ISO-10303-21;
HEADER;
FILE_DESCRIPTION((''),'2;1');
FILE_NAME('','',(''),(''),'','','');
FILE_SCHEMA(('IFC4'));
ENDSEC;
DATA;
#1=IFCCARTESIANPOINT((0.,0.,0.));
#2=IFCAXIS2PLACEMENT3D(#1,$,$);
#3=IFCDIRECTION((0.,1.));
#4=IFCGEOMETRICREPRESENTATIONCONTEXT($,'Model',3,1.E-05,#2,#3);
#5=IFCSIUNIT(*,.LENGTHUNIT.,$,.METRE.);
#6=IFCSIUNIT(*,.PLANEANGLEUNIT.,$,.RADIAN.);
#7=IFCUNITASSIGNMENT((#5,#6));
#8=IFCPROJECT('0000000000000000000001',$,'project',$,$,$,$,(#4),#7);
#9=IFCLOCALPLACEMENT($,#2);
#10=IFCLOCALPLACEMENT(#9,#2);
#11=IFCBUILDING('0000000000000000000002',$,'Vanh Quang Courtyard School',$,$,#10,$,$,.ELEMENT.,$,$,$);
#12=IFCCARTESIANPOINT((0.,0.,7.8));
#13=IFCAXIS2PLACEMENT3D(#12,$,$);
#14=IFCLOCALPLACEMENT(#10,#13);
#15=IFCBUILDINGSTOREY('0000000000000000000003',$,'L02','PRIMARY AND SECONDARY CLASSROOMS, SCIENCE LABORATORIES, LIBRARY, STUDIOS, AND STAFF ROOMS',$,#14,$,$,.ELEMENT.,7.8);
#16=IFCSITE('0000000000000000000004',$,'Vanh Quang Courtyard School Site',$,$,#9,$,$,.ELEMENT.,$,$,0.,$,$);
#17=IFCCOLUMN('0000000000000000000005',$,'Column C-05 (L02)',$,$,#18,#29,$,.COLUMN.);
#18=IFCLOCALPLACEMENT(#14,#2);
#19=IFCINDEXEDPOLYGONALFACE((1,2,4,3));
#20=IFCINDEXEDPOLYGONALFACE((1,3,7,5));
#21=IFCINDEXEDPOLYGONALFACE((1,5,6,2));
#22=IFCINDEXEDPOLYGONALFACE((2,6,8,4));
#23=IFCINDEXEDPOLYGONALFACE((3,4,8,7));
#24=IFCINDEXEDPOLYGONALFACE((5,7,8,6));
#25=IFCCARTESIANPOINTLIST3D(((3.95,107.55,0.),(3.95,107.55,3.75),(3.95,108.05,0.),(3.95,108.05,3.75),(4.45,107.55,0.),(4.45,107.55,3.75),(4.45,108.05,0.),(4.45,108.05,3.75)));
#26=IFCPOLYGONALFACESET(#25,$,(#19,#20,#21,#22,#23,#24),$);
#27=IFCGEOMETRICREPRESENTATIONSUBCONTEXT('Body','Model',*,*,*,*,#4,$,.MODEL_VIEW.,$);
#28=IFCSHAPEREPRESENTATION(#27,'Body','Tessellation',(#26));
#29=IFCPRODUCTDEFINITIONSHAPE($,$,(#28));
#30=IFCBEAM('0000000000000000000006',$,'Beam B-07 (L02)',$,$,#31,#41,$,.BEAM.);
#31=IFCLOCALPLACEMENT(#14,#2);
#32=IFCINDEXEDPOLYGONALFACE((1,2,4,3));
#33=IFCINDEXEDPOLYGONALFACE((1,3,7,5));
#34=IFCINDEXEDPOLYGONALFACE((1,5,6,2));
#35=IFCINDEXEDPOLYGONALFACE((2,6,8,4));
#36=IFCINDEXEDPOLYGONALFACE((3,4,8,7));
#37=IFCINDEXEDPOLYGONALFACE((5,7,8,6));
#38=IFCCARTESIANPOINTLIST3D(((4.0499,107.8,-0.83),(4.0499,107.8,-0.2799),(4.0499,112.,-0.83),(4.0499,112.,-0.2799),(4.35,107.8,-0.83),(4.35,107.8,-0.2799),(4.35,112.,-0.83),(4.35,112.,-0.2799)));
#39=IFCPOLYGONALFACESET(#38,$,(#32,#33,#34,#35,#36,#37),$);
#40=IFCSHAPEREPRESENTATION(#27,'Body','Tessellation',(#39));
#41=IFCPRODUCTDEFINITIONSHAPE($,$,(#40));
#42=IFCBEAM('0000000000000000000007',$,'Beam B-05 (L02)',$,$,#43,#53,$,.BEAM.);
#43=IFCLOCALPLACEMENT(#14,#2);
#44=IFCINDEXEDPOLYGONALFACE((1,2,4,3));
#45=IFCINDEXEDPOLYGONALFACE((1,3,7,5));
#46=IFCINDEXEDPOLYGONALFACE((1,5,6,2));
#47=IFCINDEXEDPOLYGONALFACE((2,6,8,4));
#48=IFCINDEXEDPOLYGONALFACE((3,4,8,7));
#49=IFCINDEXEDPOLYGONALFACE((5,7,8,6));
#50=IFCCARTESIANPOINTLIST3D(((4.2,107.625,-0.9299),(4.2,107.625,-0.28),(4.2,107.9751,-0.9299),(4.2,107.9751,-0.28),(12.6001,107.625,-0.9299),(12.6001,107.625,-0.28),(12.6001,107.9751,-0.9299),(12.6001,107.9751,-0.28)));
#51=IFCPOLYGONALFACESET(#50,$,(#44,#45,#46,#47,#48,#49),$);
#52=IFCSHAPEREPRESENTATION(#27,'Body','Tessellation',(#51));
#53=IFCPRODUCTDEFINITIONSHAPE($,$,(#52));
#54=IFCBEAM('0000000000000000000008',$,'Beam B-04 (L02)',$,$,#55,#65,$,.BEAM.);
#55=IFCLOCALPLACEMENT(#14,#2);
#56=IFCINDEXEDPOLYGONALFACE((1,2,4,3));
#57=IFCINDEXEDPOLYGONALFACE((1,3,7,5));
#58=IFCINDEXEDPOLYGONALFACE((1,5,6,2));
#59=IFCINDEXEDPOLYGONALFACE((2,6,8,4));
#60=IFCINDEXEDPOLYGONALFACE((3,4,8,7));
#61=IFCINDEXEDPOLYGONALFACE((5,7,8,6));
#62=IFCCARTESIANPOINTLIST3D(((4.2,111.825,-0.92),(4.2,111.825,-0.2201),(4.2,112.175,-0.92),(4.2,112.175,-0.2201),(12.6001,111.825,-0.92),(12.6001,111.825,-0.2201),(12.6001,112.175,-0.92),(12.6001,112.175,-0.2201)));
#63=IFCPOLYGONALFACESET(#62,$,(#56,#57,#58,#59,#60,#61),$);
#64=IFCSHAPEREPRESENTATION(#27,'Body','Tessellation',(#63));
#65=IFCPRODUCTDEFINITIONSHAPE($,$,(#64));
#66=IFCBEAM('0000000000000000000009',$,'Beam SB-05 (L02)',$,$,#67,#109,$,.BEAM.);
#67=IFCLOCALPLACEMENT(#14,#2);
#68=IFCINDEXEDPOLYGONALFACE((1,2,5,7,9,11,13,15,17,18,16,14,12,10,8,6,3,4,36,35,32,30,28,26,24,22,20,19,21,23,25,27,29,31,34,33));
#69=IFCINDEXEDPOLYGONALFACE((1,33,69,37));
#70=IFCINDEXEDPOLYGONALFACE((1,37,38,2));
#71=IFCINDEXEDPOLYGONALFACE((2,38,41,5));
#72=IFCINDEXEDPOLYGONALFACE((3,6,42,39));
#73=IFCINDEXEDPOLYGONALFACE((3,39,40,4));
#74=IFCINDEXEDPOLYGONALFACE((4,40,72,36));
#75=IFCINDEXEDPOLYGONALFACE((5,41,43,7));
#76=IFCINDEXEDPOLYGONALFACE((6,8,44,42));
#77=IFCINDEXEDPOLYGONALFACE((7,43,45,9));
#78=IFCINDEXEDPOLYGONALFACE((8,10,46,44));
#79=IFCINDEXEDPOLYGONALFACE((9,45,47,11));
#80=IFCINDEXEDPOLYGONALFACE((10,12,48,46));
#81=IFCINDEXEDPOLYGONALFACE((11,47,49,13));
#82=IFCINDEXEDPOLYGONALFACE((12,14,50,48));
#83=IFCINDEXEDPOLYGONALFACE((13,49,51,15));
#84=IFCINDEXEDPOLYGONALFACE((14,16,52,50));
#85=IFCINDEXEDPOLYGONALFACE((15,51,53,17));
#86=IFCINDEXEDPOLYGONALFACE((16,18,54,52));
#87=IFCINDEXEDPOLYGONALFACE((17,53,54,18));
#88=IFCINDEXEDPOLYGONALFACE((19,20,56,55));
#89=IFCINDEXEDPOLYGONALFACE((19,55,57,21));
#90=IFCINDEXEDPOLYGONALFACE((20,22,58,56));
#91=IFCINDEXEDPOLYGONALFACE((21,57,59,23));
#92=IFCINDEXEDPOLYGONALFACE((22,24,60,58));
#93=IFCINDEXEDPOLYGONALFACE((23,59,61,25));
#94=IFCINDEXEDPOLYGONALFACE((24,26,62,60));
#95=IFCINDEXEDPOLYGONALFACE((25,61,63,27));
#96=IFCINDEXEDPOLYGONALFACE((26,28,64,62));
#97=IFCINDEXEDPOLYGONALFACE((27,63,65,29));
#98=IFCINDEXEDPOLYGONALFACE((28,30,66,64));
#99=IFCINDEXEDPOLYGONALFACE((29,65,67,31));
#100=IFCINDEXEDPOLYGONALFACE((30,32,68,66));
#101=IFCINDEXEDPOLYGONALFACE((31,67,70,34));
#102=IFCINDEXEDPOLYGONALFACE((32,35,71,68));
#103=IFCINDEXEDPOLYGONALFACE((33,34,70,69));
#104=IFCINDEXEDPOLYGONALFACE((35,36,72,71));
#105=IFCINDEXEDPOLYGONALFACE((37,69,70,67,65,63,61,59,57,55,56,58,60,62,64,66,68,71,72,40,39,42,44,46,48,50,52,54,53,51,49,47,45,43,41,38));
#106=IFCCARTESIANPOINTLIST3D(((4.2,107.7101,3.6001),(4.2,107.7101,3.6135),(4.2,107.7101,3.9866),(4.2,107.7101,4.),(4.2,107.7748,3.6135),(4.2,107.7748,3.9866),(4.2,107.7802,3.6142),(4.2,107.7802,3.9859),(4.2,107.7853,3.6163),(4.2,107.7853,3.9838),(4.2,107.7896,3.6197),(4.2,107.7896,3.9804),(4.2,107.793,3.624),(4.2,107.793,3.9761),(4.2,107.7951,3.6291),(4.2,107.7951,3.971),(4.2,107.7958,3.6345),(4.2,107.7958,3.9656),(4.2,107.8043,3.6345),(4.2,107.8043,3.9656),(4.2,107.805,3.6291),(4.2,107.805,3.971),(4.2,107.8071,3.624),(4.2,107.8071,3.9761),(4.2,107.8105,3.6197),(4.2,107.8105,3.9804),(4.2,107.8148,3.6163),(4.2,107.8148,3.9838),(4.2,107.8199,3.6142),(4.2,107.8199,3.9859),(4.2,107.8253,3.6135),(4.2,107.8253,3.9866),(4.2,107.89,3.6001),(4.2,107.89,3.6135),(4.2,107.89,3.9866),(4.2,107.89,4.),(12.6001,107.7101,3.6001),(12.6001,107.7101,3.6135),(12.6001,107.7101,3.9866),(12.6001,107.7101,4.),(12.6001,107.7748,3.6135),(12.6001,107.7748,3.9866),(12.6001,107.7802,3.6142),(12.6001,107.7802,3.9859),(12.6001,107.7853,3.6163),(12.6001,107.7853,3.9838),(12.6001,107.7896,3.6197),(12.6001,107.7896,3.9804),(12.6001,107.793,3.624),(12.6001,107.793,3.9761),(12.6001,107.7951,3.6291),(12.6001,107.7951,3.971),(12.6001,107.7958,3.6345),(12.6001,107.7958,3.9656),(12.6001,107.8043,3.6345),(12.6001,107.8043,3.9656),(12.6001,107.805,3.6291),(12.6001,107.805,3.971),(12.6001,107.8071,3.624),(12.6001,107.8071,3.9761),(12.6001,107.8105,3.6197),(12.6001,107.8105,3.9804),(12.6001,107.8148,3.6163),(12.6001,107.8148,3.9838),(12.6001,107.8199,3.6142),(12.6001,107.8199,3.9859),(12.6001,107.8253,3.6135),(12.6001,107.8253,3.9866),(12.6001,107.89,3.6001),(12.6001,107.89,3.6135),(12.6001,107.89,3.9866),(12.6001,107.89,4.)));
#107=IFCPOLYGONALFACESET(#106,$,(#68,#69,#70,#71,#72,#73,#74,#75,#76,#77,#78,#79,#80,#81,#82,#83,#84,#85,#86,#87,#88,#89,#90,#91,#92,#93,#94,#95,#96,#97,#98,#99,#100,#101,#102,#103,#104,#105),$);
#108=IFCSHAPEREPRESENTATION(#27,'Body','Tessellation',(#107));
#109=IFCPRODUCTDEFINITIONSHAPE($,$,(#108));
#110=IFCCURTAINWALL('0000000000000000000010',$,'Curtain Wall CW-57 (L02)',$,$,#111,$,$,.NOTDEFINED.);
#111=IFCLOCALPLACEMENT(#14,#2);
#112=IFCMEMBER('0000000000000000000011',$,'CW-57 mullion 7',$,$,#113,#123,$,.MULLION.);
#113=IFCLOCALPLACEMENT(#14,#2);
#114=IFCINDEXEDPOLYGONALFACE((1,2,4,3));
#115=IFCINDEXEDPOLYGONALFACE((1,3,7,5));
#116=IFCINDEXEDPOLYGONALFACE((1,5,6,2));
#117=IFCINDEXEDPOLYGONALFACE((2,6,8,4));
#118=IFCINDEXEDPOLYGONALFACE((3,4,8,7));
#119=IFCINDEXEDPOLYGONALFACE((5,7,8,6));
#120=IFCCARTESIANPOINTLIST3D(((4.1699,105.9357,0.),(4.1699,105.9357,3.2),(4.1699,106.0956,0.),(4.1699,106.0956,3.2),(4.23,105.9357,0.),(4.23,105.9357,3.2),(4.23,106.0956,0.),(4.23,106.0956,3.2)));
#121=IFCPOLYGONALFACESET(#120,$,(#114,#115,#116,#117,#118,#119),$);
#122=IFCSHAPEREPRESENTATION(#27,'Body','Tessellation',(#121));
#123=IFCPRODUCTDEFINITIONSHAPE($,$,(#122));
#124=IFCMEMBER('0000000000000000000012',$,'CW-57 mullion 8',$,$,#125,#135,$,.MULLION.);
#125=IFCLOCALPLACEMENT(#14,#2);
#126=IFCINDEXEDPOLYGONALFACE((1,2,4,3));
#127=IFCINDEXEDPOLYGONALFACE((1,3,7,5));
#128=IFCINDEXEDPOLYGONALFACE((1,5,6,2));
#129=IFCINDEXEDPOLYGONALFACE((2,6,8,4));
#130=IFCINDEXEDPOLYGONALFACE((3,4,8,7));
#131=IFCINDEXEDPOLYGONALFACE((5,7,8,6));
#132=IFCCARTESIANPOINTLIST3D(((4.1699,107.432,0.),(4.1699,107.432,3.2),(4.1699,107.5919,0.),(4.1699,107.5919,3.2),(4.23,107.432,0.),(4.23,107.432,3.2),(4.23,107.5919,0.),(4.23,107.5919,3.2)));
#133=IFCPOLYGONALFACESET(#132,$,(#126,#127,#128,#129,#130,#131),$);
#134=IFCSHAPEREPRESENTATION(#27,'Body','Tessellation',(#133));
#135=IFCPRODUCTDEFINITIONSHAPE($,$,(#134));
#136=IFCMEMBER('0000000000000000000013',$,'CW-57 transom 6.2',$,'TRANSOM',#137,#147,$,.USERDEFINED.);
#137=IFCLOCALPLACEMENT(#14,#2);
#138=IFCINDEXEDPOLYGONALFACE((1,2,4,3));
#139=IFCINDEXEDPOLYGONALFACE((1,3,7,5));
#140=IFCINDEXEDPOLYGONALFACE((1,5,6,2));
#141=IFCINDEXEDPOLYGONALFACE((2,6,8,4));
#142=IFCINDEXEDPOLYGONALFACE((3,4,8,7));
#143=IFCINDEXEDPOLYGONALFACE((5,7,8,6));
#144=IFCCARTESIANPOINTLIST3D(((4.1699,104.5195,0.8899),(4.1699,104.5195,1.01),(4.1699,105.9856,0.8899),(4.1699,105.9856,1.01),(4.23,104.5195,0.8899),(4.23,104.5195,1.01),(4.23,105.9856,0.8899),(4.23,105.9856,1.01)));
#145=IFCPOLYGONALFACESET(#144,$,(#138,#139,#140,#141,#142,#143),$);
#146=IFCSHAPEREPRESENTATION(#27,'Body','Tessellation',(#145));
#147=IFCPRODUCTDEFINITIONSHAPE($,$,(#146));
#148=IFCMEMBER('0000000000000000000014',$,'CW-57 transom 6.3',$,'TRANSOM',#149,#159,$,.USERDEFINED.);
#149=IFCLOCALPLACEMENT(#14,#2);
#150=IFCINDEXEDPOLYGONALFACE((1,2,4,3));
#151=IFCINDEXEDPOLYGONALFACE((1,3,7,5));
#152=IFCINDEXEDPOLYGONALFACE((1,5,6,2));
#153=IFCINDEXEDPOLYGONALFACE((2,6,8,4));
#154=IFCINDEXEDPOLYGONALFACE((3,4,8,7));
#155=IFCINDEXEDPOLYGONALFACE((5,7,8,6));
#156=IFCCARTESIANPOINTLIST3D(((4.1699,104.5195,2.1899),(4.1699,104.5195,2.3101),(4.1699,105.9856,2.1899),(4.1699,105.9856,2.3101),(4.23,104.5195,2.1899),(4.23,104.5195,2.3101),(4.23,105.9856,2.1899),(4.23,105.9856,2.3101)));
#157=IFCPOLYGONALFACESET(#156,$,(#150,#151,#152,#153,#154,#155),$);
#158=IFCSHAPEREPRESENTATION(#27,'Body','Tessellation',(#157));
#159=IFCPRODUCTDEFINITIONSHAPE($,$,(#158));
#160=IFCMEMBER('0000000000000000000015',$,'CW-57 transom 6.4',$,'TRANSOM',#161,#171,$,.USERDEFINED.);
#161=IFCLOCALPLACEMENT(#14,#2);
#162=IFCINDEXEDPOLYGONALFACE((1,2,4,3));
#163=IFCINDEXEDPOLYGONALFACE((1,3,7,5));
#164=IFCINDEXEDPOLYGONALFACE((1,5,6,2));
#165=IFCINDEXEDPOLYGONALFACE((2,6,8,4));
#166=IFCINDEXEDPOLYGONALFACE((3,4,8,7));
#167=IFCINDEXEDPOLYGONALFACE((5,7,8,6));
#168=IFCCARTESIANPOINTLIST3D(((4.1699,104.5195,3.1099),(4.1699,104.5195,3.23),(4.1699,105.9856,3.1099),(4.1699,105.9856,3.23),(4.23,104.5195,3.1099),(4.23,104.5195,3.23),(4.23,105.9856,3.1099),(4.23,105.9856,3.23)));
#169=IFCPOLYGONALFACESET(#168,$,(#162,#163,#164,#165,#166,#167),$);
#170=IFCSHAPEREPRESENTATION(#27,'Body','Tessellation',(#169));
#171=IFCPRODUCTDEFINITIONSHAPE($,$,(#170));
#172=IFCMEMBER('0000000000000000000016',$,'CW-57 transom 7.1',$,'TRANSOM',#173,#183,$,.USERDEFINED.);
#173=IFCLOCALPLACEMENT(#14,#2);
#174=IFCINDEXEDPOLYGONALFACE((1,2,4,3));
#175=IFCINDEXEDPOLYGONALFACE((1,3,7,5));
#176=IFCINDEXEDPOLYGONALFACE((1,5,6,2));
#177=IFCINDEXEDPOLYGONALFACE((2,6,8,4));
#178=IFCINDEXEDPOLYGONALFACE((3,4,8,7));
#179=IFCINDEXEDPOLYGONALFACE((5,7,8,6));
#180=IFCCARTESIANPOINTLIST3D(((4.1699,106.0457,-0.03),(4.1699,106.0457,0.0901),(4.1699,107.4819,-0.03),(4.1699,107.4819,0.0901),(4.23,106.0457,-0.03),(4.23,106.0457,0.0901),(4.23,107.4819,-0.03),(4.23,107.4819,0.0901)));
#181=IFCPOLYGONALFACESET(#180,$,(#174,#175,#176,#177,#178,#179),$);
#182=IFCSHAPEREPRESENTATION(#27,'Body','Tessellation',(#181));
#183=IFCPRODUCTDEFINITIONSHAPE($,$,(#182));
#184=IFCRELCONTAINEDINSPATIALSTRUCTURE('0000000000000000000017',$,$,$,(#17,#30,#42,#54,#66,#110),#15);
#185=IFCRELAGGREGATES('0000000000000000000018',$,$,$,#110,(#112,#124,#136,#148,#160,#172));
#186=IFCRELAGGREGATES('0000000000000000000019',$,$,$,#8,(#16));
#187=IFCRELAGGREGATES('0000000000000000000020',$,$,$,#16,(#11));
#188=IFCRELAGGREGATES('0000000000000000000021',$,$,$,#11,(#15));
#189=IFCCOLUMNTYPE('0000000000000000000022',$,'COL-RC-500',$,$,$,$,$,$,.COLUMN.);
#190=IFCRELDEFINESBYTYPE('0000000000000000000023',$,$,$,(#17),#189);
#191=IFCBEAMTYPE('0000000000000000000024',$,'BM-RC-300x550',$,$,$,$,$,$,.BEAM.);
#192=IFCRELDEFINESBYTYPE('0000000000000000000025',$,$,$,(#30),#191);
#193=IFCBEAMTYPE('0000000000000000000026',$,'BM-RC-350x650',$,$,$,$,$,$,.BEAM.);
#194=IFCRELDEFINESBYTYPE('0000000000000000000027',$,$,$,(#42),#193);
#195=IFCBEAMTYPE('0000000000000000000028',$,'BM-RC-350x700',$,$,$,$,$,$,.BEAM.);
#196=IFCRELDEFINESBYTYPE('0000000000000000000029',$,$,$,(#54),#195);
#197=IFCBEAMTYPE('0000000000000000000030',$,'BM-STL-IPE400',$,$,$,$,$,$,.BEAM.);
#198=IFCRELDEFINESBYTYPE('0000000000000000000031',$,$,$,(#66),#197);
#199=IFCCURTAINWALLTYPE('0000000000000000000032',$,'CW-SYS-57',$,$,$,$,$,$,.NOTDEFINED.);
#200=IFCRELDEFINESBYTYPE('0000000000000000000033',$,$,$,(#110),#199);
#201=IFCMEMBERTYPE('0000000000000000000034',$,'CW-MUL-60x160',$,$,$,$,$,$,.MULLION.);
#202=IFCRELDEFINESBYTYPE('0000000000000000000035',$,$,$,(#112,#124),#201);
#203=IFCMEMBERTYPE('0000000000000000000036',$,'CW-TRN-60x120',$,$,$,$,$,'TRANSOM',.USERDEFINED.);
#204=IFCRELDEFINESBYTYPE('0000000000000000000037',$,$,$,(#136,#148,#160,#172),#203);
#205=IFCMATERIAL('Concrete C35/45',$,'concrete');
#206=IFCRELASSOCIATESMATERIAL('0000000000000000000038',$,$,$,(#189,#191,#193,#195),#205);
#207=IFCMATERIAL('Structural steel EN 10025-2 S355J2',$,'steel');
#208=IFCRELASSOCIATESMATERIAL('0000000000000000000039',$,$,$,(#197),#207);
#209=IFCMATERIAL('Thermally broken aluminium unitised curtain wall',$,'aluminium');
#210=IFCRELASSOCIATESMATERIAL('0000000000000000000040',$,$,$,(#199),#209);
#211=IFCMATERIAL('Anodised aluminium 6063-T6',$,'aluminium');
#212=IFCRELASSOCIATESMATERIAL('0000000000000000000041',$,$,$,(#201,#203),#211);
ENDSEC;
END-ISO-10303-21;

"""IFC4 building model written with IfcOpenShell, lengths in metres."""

from ifc_helpers import new_model, si_unit, direction, frame, origin, origin_2d, place, context, subcontext, project, spatial, rectangle, i_section, extrude, material, material_profile, profile_set, type_object, element, aggregate, save


model = new_model("IFC4")

# Units and contexts
model_context = context("Model", 3, precision=1e-05, world=origin(), true_north=direction((0.0, 1.0)))
body_context = subcontext(model_context, "Body", "Model", "MODEL_VIEW")
ifc_project = project(units=[si_unit("LENGTHUNIT", "METRE"), si_unit("PLANEANGLEUNIT", "RADIAN")], contexts=[model_context])

# Site, building, storey
site_placement = place(None, origin())
site = spatial("IfcSite", under=ifc_project, at=site_placement, Name="Vanh Quang Courtyard School Site", CompositionType="ELEMENT", RefElevation=0.0)
building_placement = place(site_placement, origin())
building = spatial("IfcBuilding", under=site, at=building_placement, Name="Vanh Quang Courtyard School", CompositionType="ELEMENT")
storey_placement = place(building_placement, frame((0.0, 0.0, 7.8)))
storey = spatial("IfcBuildingStorey", under=building, at=storey_placement, Name="L02", Description="PRIMARY AND SECONDARY CLASSROOMS, SCIENCE LABORATORIES, LIBRARY, STUDIOS, AND STAFF ROOMS", CompositionType="ELEMENT", Elevation=7.8)

# Column
ifc_material_1 = material(Name="Concrete C35/45", Category="concrete")
ifc_material_profile_1 = material_profile(ifc_material_1, rectangle(XDim=0.5, YDim=0.5, at=origin_2d()), Name="RC-COL 500x500")
ifc_profile_set_1 = profile_set([ifc_material_profile_1], Name="Concrete C35/45")
column_type = type_object("IfcColumnType", Name="COL-RC-500", PredefinedType="COLUMN", material=ifc_profile_set_1)
column_placement = place(storey_placement, frame((4.2, 107.8, 0.0), z_axis=(0.0, 0.0, 1.0), x_axis=(1.0, 0.0, 0.0)))
element("IfcColumn", 1, at=column_placement, inside=storey, type_object=column_type, Name="Column C-05 (L02)", PredefinedType="COLUMN", context=body_context, shape_type="SweptSolid", body=[
    extrude(rectangle(XDim=0.5, YDim=0.5, at=origin_2d()), origin(), (0.0, 0.0, 1.0), 3.75),
])

# Beams
ifc_material_profile_2 = material_profile(ifc_material_1, rectangle(XDim=0.3, YDim=0.55, at=origin_2d()), Name="RC-BM 300x550")
ifc_profile_set_2 = profile_set([ifc_material_profile_2], Name="Concrete C35/45")
beam_type_1 = type_object("IfcBeamType", Name="BM-RC-300x550", PredefinedType="BEAM", material=ifc_profile_set_2)
beam_1_placement = place(storey_placement, frame((4.2, 107.8, -0.5549), z_axis=(0.0, 1.0, 0.0), x_axis=(-1.0, 0.0, 0.0)))
element("IfcBeam", 2, at=beam_1_placement, inside=storey, type_object=beam_type_1, Name="Beam B-07 (L02)", PredefinedType="BEAM", context=body_context, shape_type="SweptSolid", body=[
    extrude(rectangle(XDim=0.3, YDim=0.55, at=origin_2d()), origin(), (0.0, 0.0, 1.0), 4.2),
])
ifc_material_profile_3 = material_profile(ifc_material_1, rectangle(XDim=0.3501, YDim=0.6499, at=origin_2d()), Name="RC-BM 350x650")
ifc_profile_set_3 = profile_set([ifc_material_profile_3], Name="Concrete C35/45")
beam_type_2 = type_object("IfcBeamType", Name="BM-RC-350x650", PredefinedType="BEAM", material=ifc_profile_set_3)
beam_2_placement = place(storey_placement, frame((4.2, 107.8, -0.605), z_axis=(1.0, 0.0, 0.0), x_axis=(0.0, 1.0, 0.0)))
element("IfcBeam", 3, at=beam_2_placement, inside=storey, type_object=beam_type_2, Name="Beam B-05 (L02)", PredefinedType="BEAM", context=body_context, shape_type="SweptSolid", body=[
    extrude(rectangle(XDim=0.3501, YDim=0.6499, at=origin_2d()), origin(), (0.0, 0.0, 1.0), 8.4001),
])
ifc_material_profile_4 = material_profile(ifc_material_1, rectangle(XDim=0.3501, YDim=0.7, at=origin_2d()), Name="RC-BM 350x700")
ifc_profile_set_4 = profile_set([ifc_material_profile_4], Name="Concrete C35/45")
beam_type_3 = type_object("IfcBeamType", Name="BM-RC-350x700", PredefinedType="BEAM", material=ifc_profile_set_4)
beam_3_placement = place(storey_placement, frame((4.2, 112.0, -0.5701), z_axis=(1.0, 0.0, 0.0), x_axis=(0.0, 1.0, 0.0)))
element("IfcBeam", 4, at=beam_3_placement, inside=storey, type_object=beam_type_3, Name="Beam B-04 (L02)", PredefinedType="BEAM", context=body_context, shape_type="SweptSolid", body=[
    extrude(rectangle(XDim=0.3501, YDim=0.7, at=origin_2d()), origin(), (0.0, 0.0, 1.0), 8.4001),
])
ifc_material_2 = material(Name="Structural steel EN 10025-2 S355J2", Category="steel")
ifc_material_profile_5 = material_profile(ifc_material_2, i_section(OverallWidth=0.1799, OverallDepth=0.3999, WebThickness=0.0085, FlangeThickness=0.0134, FilletRadius=0.021, at=origin_2d()), Name="IPE 400")
ifc_profile_set_5 = profile_set([ifc_material_profile_5], Name="Structural steel EN 10025-2 S355J2")
beam_type_4 = type_object("IfcBeamType", Name="BM-STL-IPE400", PredefinedType="BEAM", material=ifc_profile_set_5)
beam_4_placement = place(storey_placement, frame((4.2, 107.8, 3.8), z_axis=(1.0, 0.0, 0.0), x_axis=(0.0, 1.0, 0.0)))
element("IfcBeam", 5, at=beam_4_placement, inside=storey, type_object=beam_type_4, Name="Beam SB-05 (L02)", PredefinedType="BEAM", context=body_context, shape_type="SweptSolid", body=[
    extrude(i_section(OverallWidth=0.1799, OverallDepth=0.3999, WebThickness=0.0085, FlangeThickness=0.0134, FilletRadius=0.021, at=origin_2d()), origin(), (0.0, 0.0, 1.0), 8.4001),
])

# Curtain wall, members
ifc_material_3 = material(Name="Thermally broken aluminium unitised curtain wall", Category="aluminium")
curtain_wall_type = type_object("IfcCurtainWallType", Name="CW-SYS-57", PredefinedType="NOTDEFINED", material=ifc_material_3)
curtain_wall_placement = place(storey_placement, origin())
curtain_wall = element("IfcCurtainWall", 6, at=curtain_wall_placement, inside=storey, type_object=curtain_wall_type, Name="Curtain Wall CW-57 (L02)", PredefinedType="NOTDEFINED")
ifc_material_4 = material(Name="Anodised aluminium 6063-T6", Category="aluminium")
ifc_material_profile_6 = material_profile(ifc_material_4, rectangle(XDim=0.0601, YDim=0.1599, at=origin_2d()), Name="ALU-MUL 60x160")
ifc_profile_set_6 = profile_set([ifc_material_profile_6], Name="Anodised aluminium 6063-T6")
member_type_1 = type_object("IfcMemberType", Name="CW-MUL-60x160", PredefinedType="MULLION", material=ifc_profile_set_6)
member_1_placement = place(storey_placement, frame((4.2, 106.0156, 0.0), z_axis=(0.0, 0.0, 1.0), x_axis=(-1.0, 0.0, 0.0)))
member_1 = element("IfcMember", 7, at=member_1_placement, type_object=member_type_1, Name="CW-57 mullion 7", PredefinedType="MULLION", context=body_context, shape_type="SweptSolid", body=[
    extrude(rectangle(XDim=0.0601, YDim=0.1599, at=origin_2d()), origin(), (0.0, 0.0, 1.0), 3.2),
])
member_2_placement = place(storey_placement, frame((4.2, 107.512, 0.0), z_axis=(0.0, 0.0, 1.0), x_axis=(-1.0, 0.0, 0.0)))
member_2 = element("IfcMember", 8, at=member_2_placement, type_object=member_type_1, Name="CW-57 mullion 8", PredefinedType="MULLION", context=body_context, shape_type="SweptSolid", body=[
    extrude(rectangle(XDim=0.0601, YDim=0.1599, at=origin_2d()), origin(), (0.0, 0.0, 1.0), 3.2),
])
ifc_material_profile_7 = material_profile(ifc_material_4, rectangle(XDim=0.0601, YDim=0.1201, at=origin_2d()), Name="ALU-TRN 60x120")
ifc_profile_set_7 = profile_set([ifc_material_profile_7], Name="Anodised aluminium 6063-T6")
member_type_2 = type_object("IfcMemberType", Name="CW-TRN-60x120", ElementType="TRANSOM", PredefinedType="USERDEFINED", material=ifc_profile_set_7)
member_3_placement = place(storey_placement, frame((4.2, 104.5195, 0.95), z_axis=(0.0, 1.0, 0.0), x_axis=(-1.0, 0.0, 0.0)))
member_3 = element("IfcMember", 9, at=member_3_placement, type_object=member_type_2, Name="CW-57 transom 6.2", ObjectType="TRANSOM", PredefinedType="USERDEFINED", context=body_context, shape_type="SweptSolid", body=[
    extrude(rectangle(XDim=0.0601, YDim=0.1201, at=origin_2d()), origin(), (0.0, 0.0, 1.0), 1.4661),
])
member_4_placement = place(storey_placement, frame((4.2, 104.5195, 2.25), z_axis=(0.0, 1.0, 0.0), x_axis=(-1.0, 0.0, 0.0)))
member_4 = element("IfcMember", 10, at=member_4_placement, type_object=member_type_2, Name="CW-57 transom 6.3", ObjectType="TRANSOM", PredefinedType="USERDEFINED", context=body_context, shape_type="SweptSolid", body=[
    extrude(rectangle(XDim=0.0601, YDim=0.1201, at=origin_2d()), origin(), (0.0, 0.0, 1.0), 1.4661),
])
member_5_placement = place(storey_placement, frame((4.2, 104.5195, 3.1699), z_axis=(0.0, 1.0, 0.0), x_axis=(-1.0, 0.0, 0.0)))
member_5 = element("IfcMember", 11, at=member_5_placement, type_object=member_type_2, Name="CW-57 transom 6.4", ObjectType="TRANSOM", PredefinedType="USERDEFINED", context=body_context, shape_type="SweptSolid", body=[
    extrude(rectangle(XDim=0.0601, YDim=0.1201, at=origin_2d()), origin(), (0.0, 0.0, 1.0), 1.4661),
])
member_6_placement = place(storey_placement, frame((4.2, 106.0457, 0.03), z_axis=(0.0, 1.0, 0.0), x_axis=(-1.0, 0.0, 0.0)))
member_6 = element("IfcMember", 12, at=member_6_placement, type_object=member_type_2, Name="CW-57 transom 7.1", ObjectType="TRANSOM", PredefinedType="USERDEFINED", context=body_context, shape_type="SweptSolid", body=[
    extrude(rectangle(XDim=0.0601, YDim=0.1201, at=origin_2d()), origin(), (0.0, 0.0, 1.0), 1.4363),
])
aggregate(curtain_wall, [member_1, member_2, member_3, member_4, member_5, member_6])

save(model, "model.ifc")
